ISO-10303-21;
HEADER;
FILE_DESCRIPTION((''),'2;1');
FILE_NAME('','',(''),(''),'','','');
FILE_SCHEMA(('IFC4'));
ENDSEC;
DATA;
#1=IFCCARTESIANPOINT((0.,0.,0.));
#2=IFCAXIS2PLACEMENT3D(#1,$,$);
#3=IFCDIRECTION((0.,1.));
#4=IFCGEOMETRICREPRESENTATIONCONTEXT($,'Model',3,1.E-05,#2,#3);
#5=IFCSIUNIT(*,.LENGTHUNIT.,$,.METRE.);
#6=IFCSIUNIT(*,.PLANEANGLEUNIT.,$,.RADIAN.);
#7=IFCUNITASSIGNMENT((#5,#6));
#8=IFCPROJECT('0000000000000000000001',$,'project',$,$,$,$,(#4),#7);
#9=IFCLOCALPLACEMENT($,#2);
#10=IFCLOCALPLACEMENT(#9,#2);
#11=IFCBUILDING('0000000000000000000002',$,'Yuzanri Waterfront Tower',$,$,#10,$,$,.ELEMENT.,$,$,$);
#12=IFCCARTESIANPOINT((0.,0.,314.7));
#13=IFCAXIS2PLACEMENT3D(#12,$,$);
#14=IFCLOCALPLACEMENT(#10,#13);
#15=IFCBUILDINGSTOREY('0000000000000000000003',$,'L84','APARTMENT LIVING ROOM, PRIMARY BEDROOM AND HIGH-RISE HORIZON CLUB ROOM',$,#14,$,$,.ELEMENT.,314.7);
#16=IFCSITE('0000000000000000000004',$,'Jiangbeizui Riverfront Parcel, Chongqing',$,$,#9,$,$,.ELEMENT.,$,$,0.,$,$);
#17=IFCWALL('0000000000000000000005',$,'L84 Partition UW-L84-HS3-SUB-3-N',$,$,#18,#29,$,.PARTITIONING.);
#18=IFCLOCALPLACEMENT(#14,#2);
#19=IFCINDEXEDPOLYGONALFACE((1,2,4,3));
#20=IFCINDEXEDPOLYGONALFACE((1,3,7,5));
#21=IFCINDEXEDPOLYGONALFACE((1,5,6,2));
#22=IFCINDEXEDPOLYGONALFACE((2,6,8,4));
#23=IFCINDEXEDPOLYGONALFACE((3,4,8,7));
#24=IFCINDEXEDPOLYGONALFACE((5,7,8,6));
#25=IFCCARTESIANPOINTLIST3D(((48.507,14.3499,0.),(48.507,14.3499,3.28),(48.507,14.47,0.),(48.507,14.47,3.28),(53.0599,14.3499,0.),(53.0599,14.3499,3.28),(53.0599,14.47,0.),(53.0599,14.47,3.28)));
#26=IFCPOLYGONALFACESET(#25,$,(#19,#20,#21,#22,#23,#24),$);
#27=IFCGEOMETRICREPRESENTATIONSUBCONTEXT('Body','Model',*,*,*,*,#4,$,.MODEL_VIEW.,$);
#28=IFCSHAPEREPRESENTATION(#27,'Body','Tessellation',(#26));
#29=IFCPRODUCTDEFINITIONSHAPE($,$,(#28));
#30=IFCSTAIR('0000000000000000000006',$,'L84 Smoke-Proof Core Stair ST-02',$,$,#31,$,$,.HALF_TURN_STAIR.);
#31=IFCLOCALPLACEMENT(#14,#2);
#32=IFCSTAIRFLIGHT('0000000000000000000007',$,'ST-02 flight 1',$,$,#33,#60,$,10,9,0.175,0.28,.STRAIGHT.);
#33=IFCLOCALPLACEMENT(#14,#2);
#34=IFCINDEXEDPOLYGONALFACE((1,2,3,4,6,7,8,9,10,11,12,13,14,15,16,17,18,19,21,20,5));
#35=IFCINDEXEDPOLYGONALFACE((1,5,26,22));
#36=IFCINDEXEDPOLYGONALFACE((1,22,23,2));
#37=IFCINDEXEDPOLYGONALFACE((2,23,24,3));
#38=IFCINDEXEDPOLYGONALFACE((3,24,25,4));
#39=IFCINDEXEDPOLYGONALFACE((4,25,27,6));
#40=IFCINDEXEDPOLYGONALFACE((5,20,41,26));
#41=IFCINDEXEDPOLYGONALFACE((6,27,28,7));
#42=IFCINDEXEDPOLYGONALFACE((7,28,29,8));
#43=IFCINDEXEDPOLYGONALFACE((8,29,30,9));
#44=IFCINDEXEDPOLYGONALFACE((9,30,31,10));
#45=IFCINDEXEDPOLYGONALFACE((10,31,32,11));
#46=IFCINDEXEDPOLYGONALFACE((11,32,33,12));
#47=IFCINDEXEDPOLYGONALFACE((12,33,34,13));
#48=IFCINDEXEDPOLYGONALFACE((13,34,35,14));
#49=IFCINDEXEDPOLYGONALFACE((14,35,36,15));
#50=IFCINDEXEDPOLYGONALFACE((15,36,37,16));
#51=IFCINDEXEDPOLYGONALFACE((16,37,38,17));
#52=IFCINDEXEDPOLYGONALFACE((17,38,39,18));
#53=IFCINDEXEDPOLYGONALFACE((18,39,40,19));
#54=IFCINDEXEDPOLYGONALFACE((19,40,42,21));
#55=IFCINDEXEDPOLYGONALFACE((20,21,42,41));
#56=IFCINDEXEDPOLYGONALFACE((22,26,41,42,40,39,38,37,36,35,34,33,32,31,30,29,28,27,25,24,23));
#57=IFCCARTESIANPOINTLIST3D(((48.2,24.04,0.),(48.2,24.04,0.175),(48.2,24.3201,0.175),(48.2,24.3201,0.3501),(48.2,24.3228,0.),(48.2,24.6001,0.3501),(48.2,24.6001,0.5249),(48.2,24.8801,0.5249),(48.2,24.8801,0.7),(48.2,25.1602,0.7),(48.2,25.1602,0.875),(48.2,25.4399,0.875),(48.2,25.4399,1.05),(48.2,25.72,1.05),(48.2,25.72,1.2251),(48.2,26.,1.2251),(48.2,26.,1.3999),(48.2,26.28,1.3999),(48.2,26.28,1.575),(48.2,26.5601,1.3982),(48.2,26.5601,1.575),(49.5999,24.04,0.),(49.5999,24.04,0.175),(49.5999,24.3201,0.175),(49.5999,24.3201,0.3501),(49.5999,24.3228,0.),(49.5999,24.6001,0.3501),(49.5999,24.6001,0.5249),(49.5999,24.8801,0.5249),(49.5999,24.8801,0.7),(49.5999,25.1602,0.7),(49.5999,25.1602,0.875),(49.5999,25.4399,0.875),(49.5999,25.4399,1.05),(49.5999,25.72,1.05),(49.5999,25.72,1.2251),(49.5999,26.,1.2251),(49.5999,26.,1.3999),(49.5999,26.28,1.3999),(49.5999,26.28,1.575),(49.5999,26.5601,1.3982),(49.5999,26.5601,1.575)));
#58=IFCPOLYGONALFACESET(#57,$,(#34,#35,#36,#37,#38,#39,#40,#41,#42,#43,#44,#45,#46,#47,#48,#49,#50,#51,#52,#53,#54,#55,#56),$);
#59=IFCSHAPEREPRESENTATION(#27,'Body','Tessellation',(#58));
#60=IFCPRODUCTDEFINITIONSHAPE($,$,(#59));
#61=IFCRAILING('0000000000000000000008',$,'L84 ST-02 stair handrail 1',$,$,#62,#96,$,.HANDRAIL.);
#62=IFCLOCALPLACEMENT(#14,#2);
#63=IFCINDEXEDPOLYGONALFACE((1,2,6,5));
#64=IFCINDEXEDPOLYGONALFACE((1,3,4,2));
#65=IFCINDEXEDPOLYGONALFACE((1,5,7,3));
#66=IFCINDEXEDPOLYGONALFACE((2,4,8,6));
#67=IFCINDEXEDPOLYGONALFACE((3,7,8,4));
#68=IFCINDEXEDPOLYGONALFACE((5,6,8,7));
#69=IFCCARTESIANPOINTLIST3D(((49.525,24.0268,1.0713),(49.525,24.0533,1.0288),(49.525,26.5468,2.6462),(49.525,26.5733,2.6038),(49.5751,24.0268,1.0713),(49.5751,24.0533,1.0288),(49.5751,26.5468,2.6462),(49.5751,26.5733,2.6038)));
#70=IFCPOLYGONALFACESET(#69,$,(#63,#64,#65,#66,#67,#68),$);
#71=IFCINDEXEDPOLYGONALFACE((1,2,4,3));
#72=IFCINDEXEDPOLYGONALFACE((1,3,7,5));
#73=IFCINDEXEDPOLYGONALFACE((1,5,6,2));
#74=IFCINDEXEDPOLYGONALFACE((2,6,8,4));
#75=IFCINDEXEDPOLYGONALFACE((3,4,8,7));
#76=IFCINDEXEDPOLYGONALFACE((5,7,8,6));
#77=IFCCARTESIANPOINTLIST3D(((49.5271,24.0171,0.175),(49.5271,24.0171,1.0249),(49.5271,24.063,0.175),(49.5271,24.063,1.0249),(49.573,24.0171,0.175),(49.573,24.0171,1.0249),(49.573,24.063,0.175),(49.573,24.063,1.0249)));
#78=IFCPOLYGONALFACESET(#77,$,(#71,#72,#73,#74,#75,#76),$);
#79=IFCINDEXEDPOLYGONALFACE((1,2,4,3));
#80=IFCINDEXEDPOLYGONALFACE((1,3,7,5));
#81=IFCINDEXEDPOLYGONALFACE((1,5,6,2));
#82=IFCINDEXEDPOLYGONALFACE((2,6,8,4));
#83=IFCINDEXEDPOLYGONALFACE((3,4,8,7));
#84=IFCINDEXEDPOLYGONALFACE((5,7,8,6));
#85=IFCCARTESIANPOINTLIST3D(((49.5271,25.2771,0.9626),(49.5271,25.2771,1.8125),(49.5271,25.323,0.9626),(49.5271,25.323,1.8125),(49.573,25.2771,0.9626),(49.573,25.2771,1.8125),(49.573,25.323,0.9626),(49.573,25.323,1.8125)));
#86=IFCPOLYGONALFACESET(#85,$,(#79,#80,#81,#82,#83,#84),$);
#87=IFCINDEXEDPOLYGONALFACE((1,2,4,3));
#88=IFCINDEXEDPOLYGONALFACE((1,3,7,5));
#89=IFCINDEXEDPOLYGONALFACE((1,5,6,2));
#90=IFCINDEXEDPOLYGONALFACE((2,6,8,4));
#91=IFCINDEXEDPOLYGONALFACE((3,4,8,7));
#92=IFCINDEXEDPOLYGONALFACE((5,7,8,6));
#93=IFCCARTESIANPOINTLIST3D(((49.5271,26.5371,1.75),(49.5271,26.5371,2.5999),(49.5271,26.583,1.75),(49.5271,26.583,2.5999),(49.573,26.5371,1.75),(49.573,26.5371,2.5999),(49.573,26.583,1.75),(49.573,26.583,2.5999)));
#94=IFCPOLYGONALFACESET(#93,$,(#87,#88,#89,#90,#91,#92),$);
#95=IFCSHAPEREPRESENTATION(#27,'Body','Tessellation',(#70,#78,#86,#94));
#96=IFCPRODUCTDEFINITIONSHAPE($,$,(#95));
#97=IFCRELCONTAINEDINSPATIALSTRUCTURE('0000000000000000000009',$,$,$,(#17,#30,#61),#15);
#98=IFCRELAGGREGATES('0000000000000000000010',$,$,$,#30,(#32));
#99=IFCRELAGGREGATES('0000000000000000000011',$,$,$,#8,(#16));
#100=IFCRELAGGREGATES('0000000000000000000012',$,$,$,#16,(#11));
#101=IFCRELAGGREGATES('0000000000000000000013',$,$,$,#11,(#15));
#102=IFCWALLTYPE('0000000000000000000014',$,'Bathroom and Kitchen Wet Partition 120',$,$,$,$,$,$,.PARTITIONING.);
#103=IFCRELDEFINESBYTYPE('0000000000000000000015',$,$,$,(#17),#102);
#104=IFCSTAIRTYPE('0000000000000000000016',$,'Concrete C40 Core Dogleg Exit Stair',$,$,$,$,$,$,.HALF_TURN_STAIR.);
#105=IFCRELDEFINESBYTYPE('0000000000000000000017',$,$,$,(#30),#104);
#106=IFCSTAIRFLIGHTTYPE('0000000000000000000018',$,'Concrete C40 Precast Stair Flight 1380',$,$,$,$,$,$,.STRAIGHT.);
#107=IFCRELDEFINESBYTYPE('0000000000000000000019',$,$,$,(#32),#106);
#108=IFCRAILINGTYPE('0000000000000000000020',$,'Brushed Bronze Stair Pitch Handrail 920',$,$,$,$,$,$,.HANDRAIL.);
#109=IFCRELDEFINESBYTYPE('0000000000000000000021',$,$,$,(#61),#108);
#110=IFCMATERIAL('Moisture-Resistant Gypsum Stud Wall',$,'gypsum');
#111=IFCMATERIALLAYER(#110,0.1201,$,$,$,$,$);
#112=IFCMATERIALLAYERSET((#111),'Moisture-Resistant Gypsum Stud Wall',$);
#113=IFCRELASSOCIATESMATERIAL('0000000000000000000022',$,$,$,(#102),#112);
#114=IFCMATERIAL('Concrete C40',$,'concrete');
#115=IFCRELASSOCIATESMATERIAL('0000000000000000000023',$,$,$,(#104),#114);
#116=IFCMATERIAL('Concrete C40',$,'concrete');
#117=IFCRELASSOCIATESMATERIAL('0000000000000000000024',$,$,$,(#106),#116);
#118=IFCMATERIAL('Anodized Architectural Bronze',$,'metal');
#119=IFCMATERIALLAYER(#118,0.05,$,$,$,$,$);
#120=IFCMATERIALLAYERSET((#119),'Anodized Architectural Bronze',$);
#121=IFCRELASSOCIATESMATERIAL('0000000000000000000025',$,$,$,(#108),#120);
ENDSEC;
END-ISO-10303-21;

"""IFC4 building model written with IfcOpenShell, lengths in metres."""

from ifc_helpers import new_model, si_unit, direction, frame, frame_2d, origin, origin_2d, place, context, subcontext, project, spatial, polyline, rectangle, outline, extrude, source, transform, mapped, material, layer, layer_set, type_object, element, aggregate, save


model = new_model("IFC4")

# Units and contexts
model_context = context("Model", 3, precision=1e-05, world=origin(), true_north=direction((0.0, 1.0)))
body_context = subcontext(model_context, "Body", "Model", "MODEL_VIEW")
ifc_project = project(units=[si_unit("LENGTHUNIT", "METRE"), si_unit("PLANEANGLEUNIT", "RADIAN")], contexts=[model_context])

# Site, building, storey
site_placement = place(None, origin())
site = spatial("IfcSite", under=ifc_project, at=site_placement, Name="Jiangbeizui Riverfront Parcel, Chongqing", CompositionType="ELEMENT", RefElevation=0.0)
building_placement = place(site_placement, origin())
building = spatial("IfcBuilding", under=site, at=building_placement, Name="Yuzanri Waterfront Tower", CompositionType="ELEMENT")
storey_placement = place(building_placement, frame((0.0, 0.0, 314.7)))
storey = spatial("IfcBuildingStorey", under=building, at=storey_placement, Name="L84", Description="APARTMENT LIVING ROOM, PRIMARY BEDROOM AND HIGH-RISE HORIZON CLUB ROOM", CompositionType="ELEMENT", Elevation=314.7)

# Shared definitions
ifc_material_1 = material(Name="Moisture-Resistant Gypsum Stud Wall", Category="gypsum")
ifc_layer_1 = layer(ifc_material_1, 0.1201)
ifc_layer_set_1 = layer_set([ifc_layer_1], Name="Moisture-Resistant Gypsum Stud Wall")
wall_type_1 = type_object("IfcWallType", Name="Bathroom and Kitchen Wet Partition 120", PredefinedType="PARTITIONING", material=ifc_layer_set_1)

# Wall
shared_shape_1 = source(origin(), body_context, "Body", "SweptSolid", [
    extrude(rectangle(XDim=4.553, YDim=0.1201, at=frame_2d((2.2764, 0.0))), origin(), (0.0, 0.0, 1.0), 3.28),
])
wall_1_placement = place(storey_placement, frame((48.5071, 14.4099, 0.0), z_axis=(0.0, 0.0, 1.0), x_axis=(1.0, 0.0, 0.0)))
element("IfcWall", 1, at=wall_1_placement, inside=storey, type_object=wall_type_1, Name="L84 Partition UW-L84-HS3-SUB-3-N", PredefinedType="PARTITIONING", context=body_context, shape_type="MappedRepresentation", body=[
    mapped(shared_shape_1, transform((0.0, 0.0, 0.0), scale=1.0)),
])

# Stair, stair flight
ifc_material_2 = material(Name="Concrete C40", Category="concrete")
stair_type = type_object("IfcStairType", Name="Concrete C40 Core Dogleg Exit Stair", PredefinedType="HALF_TURN_STAIR", material=ifc_material_2)
stair_placement = place(storey_placement, origin())
stair = element("IfcStair", 2, at=stair_placement, inside=storey, type_object=stair_type, Name="L84 Smoke-Proof Core Stair ST-02", PredefinedType="HALF_TURN_STAIR")
ifc_material_3 = material(Name="Concrete C40", Category="concrete")
stair_flight_type = type_object("IfcStairFlightType", Name="Concrete C40 Precast Stair Flight 1380", PredefinedType="STRAIGHT", material=ifc_material_3)
shared_shape_2 = source(origin(), body_context, "Body", "SweptSolid", [
    extrude(outline(polyline([(0.0, 0.0), (0.0, 0.175), (0.28, 0.175), (0.28, 0.3501), (0.5601, 0.3501), (0.5601, 0.5249), (0.8401, 0.5249), (0.8401, 0.7), (1.1201, 0.7), (1.1201, 0.875), (1.3999, 0.875), (1.3999, 1.05), (1.6799, 1.05), (1.6799, 1.2251), (1.96, 1.2251), (1.96, 1.3999), (2.24, 1.3999), (2.24, 1.575), (2.52, 1.575), (2.52, 1.75), (2.52, 1.3982), (0.2827, 0.0), (0.0, 0.0)])), frame((0.0, 0.7, 0.0), z_axis=(0.0, -1.0, 0.0), x_axis=(1.0, 0.0, 0.0)), (0.0, 0.0, 1.0), 1.3999),
])
stair_flight_placement = place(storey_placement, frame((48.8999, 24.04, 0.0), z_axis=(0.0, 0.0, 1.0), x_axis=(0.0, 1.0, 0.0)))
stair_flight = element("IfcStairFlight", 3, at=stair_flight_placement, type_object=stair_flight_type, Name="ST-02 flight 1", NumberOfRisers=10, NumberOfTreads=9, PredefinedType="STRAIGHT", RiserHeight=0.175, TreadLength=0.28, context=body_context, shape_type="MappedRepresentation", body=[
    mapped(shared_shape_2, transform((0.0, 0.0, 0.0), scale=1.0)),
])
aggregate(stair, [stair_flight])

# Railing
ifc_material_4 = material(Name="Anodized Architectural Bronze", Category="metal")
ifc_layer_2 = layer(ifc_material_4, 0.05)
ifc_layer_set_2 = layer_set([ifc_layer_2], Name="Anodized Architectural Bronze")
railing_type = type_object("IfcRailingType", Name="Brushed Bronze Stair Pitch Handrail 920", PredefinedType="HANDRAIL", material=ifc_layer_set_2)
shared_shape_3 = source(origin(), body_context, "Body", "SweptSolid", [
    extrude(rectangle(XDim=0.05, YDim=0.05, at=origin_2d()), frame((0.0, 0.0, 0.875), z_axis=(0.0, 0.848008, 0.529984), x_axis=(-1.0, 0.0, 0.0)), (0.0, 0.0, 1.0), 2.9717),
    extrude(rectangle(XDim=0.0459, YDim=0.0459, at=origin_2d()), origin(), (0.0, 0.0, 1.0), 0.8499),
    extrude(rectangle(XDim=0.0459, YDim=0.0459, at=origin_2d()), frame((0.0, 1.26, 0.7876)), (0.0, 0.0, 1.0), 0.8499),
    extrude(rectangle(XDim=0.0459, YDim=0.0459, at=origin_2d()), frame((0.0, 2.52, 1.575)), (0.0, 0.0, 1.0), 0.8499),
])
railing_placement = place(storey_placement, frame((49.55, 24.04, 0.175)))
element("IfcRailing", 4, at=railing_placement, inside=storey, type_object=railing_type, Name="L84 ST-02 stair handrail 1", PredefinedType="HANDRAIL", context=body_context, shape_type="MappedRepresentation", body=[
    mapped(shared_shape_3, transform((0.0, 0.0, 0.0), scale=1.0)),
])

save(model, "model.ifc")
